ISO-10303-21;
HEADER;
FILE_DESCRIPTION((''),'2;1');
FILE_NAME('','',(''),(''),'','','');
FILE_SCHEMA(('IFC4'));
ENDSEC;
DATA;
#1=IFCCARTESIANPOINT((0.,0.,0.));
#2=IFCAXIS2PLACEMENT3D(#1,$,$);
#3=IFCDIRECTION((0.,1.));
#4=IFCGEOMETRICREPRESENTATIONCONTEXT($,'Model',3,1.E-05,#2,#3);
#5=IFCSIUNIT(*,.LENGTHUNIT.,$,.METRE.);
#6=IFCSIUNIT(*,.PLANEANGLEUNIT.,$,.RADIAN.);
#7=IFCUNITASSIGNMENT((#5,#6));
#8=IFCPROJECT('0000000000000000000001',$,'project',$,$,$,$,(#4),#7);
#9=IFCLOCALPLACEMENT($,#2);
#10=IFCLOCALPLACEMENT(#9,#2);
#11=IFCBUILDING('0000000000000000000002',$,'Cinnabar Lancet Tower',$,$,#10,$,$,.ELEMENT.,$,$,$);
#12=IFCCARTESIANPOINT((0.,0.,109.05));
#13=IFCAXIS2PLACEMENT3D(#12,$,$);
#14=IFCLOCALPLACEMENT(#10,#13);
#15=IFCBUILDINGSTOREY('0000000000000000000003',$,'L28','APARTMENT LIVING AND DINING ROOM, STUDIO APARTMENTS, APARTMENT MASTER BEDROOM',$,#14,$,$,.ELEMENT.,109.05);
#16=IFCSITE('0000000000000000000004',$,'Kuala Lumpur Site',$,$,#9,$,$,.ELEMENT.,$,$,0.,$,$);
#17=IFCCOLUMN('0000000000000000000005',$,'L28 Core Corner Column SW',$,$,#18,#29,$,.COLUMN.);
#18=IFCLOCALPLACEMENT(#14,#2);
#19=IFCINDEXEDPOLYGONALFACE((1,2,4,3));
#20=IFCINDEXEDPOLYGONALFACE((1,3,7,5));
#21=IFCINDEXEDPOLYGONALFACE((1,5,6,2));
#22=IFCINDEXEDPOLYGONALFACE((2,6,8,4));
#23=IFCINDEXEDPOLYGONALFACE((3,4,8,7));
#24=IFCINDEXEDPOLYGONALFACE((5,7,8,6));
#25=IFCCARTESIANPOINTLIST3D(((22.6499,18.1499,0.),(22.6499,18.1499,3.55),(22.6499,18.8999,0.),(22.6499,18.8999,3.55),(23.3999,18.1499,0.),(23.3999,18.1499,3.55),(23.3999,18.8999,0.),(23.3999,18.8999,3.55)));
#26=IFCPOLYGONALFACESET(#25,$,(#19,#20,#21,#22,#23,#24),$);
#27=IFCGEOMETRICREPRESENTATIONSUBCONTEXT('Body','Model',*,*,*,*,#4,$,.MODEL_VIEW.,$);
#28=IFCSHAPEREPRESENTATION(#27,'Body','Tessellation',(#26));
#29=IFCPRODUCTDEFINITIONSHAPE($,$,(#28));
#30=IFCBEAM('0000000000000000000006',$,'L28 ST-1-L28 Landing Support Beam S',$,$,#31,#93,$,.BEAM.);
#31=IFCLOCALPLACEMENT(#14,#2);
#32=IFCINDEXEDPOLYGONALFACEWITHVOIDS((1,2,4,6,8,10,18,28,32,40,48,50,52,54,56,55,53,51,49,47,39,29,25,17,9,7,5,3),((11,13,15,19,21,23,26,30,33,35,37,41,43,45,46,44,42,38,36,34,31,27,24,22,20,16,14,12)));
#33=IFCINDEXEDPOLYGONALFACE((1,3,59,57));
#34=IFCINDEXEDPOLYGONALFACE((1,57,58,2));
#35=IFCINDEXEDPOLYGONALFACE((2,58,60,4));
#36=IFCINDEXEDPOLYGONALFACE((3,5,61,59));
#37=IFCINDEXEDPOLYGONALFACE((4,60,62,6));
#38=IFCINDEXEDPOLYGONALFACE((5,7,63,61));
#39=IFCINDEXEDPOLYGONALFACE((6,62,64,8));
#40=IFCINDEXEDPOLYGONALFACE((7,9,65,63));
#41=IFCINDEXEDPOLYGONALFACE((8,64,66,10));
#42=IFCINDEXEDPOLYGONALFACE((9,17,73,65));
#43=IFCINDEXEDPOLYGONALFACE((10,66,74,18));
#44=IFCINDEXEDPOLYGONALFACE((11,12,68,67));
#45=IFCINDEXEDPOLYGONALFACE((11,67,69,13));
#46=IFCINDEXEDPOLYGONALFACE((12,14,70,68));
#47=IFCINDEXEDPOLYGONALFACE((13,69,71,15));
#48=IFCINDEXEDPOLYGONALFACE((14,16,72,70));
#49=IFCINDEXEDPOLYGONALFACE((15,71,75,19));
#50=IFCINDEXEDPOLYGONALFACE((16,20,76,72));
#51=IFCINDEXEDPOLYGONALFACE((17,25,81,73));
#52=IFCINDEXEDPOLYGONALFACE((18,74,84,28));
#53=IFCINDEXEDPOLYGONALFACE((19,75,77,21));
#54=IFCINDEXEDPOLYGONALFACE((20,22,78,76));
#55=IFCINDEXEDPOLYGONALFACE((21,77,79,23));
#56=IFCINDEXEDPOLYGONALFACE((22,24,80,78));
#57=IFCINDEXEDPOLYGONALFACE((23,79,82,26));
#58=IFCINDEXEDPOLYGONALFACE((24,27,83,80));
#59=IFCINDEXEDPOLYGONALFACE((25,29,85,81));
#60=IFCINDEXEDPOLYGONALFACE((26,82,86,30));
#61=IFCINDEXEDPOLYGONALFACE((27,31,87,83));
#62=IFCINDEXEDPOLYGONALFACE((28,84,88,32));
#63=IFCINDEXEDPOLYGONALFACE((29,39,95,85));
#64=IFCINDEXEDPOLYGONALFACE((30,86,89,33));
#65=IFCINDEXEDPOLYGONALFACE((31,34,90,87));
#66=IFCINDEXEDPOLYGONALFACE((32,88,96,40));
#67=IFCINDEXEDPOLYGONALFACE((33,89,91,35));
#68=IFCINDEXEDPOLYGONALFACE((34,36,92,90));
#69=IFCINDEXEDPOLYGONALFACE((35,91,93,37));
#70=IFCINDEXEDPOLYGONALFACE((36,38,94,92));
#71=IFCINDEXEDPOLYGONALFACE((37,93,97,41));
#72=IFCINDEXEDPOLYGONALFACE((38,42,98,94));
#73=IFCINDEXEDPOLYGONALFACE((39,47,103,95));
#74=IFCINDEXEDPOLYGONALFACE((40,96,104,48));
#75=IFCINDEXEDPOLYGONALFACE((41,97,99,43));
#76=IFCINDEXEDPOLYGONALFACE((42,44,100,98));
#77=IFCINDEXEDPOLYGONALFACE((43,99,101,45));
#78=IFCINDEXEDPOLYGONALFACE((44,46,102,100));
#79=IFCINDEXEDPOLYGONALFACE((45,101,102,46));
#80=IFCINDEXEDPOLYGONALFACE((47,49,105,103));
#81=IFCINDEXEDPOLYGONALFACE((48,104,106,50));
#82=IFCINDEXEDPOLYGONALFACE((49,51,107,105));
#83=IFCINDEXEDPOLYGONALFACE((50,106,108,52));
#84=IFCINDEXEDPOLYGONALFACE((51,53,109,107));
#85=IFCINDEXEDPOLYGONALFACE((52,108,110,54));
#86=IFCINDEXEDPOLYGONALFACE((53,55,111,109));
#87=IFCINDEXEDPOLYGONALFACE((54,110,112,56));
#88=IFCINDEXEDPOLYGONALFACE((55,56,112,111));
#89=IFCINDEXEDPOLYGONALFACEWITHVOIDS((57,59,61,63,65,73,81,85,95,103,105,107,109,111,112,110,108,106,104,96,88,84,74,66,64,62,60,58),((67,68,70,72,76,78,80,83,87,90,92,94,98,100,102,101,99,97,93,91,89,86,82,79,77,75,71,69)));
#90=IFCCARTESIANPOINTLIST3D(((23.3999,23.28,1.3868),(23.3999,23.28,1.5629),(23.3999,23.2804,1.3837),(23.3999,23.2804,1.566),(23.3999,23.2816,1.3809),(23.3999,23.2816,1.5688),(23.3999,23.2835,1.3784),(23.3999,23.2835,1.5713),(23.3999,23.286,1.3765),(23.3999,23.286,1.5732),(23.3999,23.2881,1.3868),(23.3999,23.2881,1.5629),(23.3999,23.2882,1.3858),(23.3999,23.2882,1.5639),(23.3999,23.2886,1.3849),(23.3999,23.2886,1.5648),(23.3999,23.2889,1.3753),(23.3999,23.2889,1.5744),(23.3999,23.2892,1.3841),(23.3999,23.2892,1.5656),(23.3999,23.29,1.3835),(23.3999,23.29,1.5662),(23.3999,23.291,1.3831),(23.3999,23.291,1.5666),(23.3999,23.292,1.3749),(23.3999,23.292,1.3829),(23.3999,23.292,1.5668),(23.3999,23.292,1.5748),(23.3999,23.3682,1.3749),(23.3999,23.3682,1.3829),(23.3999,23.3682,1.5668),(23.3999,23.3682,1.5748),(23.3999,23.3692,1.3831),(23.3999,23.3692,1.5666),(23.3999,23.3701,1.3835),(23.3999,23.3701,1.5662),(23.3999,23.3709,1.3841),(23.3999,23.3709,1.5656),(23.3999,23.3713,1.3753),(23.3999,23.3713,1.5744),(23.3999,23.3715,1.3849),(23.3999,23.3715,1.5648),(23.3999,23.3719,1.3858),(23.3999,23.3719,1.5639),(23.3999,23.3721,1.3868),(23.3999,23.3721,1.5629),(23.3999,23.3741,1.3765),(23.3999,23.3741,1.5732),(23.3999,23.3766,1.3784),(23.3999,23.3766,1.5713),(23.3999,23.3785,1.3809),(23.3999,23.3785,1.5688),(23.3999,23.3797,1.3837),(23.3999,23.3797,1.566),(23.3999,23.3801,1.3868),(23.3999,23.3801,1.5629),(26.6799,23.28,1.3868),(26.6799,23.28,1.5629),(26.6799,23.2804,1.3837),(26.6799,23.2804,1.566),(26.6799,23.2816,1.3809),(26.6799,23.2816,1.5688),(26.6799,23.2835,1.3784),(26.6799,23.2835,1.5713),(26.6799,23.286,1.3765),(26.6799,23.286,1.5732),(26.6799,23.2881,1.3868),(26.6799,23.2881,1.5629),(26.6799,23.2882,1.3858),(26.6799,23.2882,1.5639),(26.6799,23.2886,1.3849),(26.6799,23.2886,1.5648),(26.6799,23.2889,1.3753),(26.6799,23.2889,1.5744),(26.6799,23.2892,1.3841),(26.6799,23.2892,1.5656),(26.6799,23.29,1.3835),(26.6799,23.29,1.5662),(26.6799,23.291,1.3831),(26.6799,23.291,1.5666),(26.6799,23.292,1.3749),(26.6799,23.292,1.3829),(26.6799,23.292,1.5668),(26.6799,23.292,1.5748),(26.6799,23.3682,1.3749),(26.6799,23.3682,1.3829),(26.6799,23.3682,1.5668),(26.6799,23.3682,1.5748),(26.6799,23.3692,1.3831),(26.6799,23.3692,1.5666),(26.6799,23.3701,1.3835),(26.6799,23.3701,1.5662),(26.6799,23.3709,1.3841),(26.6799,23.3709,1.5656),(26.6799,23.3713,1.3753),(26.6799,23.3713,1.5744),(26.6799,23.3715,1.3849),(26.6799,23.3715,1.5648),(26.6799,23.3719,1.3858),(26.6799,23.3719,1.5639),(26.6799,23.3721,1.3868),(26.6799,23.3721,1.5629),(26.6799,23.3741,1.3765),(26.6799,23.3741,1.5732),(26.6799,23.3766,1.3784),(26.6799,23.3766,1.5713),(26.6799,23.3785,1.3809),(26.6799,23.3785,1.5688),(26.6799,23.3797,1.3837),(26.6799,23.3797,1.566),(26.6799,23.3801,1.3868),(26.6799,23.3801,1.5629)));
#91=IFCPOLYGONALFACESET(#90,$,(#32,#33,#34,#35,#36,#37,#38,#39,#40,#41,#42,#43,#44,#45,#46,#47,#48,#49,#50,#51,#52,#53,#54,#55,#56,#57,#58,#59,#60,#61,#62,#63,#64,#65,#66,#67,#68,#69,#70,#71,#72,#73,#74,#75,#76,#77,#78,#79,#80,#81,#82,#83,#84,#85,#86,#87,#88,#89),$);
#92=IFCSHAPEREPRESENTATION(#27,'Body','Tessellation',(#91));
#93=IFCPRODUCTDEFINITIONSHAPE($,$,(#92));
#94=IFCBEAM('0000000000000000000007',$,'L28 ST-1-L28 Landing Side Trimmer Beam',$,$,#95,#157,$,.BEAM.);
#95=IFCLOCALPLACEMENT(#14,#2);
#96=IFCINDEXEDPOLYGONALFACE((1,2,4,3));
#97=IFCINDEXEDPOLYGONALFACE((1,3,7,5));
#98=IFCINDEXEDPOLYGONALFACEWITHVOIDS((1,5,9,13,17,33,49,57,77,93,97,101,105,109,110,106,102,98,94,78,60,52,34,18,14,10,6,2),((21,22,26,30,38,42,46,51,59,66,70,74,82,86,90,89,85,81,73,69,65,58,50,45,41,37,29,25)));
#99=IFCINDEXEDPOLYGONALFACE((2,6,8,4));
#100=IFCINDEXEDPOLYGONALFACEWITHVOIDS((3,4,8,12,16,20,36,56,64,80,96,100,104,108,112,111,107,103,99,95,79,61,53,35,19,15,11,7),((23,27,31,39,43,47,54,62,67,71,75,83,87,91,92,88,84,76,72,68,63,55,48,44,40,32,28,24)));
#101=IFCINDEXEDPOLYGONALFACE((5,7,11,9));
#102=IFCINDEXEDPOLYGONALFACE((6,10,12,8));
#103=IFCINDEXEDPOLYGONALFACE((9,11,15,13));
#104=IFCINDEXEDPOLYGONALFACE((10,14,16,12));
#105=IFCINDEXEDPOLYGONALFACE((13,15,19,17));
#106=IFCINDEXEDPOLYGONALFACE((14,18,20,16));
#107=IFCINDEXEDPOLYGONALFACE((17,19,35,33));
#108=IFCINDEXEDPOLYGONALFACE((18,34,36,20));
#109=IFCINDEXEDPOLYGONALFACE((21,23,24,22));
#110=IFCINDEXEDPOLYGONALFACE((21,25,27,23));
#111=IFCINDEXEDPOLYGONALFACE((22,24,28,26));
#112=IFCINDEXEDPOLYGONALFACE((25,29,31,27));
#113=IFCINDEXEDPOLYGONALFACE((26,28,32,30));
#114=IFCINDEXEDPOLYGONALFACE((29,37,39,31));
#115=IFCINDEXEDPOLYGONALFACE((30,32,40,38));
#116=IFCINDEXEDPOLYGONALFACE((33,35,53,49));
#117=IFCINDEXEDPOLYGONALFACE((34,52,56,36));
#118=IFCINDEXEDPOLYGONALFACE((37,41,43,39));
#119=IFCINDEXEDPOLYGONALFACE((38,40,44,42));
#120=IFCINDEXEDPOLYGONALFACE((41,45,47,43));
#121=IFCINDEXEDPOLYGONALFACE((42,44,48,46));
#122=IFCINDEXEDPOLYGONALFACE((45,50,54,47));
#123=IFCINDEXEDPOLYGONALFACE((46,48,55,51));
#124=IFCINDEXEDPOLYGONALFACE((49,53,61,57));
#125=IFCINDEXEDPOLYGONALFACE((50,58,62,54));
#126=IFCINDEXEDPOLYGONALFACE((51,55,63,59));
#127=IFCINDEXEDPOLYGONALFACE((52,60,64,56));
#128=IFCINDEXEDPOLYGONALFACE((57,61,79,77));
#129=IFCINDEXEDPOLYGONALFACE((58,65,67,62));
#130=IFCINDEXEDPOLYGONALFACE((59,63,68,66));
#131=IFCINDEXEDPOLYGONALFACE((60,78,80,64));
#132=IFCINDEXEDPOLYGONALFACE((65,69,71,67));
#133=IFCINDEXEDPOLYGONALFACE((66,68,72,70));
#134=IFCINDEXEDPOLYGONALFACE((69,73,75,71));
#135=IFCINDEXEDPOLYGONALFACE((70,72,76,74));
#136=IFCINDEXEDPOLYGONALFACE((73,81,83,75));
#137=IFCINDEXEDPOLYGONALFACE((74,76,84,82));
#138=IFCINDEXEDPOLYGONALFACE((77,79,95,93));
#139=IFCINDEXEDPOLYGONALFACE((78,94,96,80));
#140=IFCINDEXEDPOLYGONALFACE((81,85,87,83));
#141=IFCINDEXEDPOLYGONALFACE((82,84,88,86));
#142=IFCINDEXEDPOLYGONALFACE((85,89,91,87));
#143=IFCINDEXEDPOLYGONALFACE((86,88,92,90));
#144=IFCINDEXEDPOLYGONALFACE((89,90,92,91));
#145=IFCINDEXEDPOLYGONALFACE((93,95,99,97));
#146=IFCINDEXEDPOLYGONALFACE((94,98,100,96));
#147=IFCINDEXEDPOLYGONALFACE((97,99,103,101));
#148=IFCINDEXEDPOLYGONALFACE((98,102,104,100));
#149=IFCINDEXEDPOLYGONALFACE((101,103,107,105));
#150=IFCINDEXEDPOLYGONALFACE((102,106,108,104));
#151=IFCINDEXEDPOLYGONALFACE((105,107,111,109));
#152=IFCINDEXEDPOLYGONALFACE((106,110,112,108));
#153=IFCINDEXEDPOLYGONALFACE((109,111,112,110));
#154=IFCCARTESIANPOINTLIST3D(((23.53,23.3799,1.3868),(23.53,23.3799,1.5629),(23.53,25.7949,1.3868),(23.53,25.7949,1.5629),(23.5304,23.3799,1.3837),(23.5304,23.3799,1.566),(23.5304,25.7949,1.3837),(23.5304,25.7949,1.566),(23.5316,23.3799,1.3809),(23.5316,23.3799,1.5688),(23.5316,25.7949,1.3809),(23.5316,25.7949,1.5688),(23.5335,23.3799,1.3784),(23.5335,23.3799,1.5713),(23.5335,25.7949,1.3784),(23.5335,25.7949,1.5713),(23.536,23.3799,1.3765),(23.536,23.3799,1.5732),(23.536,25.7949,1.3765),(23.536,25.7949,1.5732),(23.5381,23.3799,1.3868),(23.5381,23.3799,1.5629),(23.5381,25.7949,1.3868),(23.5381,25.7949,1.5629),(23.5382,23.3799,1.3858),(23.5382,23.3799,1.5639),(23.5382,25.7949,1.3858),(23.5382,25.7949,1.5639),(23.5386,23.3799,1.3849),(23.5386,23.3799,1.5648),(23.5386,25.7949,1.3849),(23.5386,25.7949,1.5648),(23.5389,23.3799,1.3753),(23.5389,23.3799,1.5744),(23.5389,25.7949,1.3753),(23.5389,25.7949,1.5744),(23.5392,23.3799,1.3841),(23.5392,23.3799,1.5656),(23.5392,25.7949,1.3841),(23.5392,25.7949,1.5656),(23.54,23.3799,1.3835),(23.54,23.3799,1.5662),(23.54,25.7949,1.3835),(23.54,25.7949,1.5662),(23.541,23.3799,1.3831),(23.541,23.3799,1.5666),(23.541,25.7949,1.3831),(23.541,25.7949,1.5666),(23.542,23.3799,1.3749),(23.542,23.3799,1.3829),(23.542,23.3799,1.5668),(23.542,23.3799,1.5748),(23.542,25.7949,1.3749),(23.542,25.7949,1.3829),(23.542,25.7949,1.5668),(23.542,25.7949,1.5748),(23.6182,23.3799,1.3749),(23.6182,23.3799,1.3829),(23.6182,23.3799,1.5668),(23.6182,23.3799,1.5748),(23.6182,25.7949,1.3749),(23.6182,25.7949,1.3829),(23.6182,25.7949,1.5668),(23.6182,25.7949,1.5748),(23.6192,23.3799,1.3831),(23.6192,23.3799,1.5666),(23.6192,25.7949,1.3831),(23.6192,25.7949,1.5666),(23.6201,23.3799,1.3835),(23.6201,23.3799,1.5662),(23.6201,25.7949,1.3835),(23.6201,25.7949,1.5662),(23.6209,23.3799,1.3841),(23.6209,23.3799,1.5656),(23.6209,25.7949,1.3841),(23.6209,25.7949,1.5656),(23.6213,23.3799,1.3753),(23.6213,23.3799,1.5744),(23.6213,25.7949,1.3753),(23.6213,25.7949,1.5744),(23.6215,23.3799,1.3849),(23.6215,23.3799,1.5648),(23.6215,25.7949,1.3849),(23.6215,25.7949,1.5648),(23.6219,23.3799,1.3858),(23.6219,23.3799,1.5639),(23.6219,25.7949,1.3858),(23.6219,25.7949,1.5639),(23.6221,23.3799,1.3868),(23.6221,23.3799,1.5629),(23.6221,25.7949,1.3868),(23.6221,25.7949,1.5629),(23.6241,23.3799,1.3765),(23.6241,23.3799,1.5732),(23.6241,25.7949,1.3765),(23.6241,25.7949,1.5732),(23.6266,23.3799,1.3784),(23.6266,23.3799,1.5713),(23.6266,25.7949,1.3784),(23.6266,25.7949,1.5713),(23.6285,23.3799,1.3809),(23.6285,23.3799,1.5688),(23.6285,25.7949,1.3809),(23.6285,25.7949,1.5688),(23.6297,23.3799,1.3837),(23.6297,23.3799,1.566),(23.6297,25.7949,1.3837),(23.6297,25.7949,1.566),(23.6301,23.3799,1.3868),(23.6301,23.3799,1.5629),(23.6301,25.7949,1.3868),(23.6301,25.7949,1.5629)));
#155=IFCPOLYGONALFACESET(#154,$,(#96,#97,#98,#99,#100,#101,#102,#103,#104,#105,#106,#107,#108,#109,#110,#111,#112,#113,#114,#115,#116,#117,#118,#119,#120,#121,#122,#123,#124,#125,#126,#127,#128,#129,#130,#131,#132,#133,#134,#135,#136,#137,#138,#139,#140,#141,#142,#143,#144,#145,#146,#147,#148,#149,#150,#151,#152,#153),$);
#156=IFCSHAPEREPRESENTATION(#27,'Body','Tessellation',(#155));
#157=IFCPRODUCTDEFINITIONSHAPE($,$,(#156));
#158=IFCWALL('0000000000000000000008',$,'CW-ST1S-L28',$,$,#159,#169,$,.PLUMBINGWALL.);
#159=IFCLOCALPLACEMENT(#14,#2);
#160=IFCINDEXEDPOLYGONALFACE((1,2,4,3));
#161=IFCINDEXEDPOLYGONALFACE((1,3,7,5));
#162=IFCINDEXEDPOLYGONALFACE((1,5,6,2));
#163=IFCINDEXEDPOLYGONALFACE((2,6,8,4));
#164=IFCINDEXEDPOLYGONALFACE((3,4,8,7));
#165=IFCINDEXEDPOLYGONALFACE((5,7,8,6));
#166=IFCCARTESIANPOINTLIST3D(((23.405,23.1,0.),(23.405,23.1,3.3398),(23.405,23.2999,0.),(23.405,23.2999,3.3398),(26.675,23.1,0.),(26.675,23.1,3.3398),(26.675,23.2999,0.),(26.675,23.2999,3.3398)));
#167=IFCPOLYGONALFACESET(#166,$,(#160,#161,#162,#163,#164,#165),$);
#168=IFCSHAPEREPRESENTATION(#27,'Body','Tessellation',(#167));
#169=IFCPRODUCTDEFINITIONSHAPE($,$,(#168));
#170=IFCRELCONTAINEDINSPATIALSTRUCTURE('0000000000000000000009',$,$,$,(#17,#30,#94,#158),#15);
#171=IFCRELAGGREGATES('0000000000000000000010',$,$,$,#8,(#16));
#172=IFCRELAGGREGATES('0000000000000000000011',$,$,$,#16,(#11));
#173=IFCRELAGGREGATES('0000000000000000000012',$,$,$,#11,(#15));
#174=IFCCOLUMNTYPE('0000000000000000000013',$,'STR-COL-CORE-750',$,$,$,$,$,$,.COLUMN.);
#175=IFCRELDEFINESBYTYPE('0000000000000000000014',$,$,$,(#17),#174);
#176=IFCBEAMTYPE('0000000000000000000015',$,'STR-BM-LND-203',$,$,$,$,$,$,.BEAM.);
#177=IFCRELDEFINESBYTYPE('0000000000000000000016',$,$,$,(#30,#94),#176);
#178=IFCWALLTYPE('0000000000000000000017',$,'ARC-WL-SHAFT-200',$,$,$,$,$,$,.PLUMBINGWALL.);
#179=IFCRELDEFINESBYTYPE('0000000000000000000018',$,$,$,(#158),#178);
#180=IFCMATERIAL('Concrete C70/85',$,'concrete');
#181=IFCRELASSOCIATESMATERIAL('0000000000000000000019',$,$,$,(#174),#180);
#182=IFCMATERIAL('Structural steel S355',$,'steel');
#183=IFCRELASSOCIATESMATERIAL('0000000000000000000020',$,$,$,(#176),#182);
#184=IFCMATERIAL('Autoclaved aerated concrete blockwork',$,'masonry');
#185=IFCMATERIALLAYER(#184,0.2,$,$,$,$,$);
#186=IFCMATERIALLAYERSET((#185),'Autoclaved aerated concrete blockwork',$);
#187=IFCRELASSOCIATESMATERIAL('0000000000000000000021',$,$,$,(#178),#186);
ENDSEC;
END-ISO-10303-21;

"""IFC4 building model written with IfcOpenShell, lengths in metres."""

from ifc_helpers import new_model, si_unit, direction, frame, frame_2d, origin, origin_2d, place, context, subcontext, project, spatial, rectangle, hollow_rectangle, extrude, material, layer, layer_set, material_profile, profile_set, type_object, element, save


model = new_model("IFC4")

# Units and contexts
model_context = context("Model", 3, precision=1e-05, world=origin(), true_north=direction((0.0, 1.0)))
body_context = subcontext(model_context, "Body", "Model", "MODEL_VIEW")
ifc_project = project(units=[si_unit("LENGTHUNIT", "METRE"), si_unit("PLANEANGLEUNIT", "RADIAN")], contexts=[model_context])

# Site, building, storey
site_placement = place(None, origin())
site = spatial("IfcSite", under=ifc_project, at=site_placement, Name="Kuala Lumpur Site", CompositionType="ELEMENT", RefElevation=0.0)
building_placement = place(site_placement, origin())
building = spatial("IfcBuilding", under=site, at=building_placement, Name="Cinnabar Lancet Tower", CompositionType="ELEMENT")
storey_placement = place(building_placement, frame((0.0, 0.0, 109.05)))
storey = spatial("IfcBuildingStorey", under=building, at=storey_placement, Name="L28", Description="APARTMENT LIVING AND DINING ROOM, STUDIO APARTMENTS, APARTMENT MASTER BEDROOM", CompositionType="ELEMENT", Elevation=109.05)

# Column
ifc_material_1 = material(Name="Concrete C70/85", Category="concrete")
ifc_material_profile_1 = material_profile(ifc_material_1, rectangle(XDim=0.75, YDim=0.75, at=origin_2d()), Name="RC-COL 750x750")
ifc_profile_set_1 = profile_set([ifc_material_profile_1], Name="Concrete C70/85")
column_type = type_object("IfcColumnType", Name="STR-COL-CORE-750", PredefinedType="COLUMN", material=ifc_profile_set_1)
column_placement = place(storey_placement, frame((23.0249, 18.5249, 0.0), z_axis=(0.0, 0.0, 1.0), x_axis=(1.0, 0.0, 0.0)))
element("IfcColumn", 1, at=column_placement, inside=storey, type_object=column_type, Name="L28 Core Corner Column SW", PredefinedType="COLUMN", context=body_context, shape_type="SweptSolid", body=[
    extrude(rectangle(XDim=0.75, YDim=0.75, at=origin_2d()), origin(), (0.0, 0.0, 1.0), 3.55),
])

# Beams
ifc_material_2 = material(Name="Structural steel S355", Category="steel")
ifc_material_profile_2 = material_profile(ifc_material_2, hollow_rectangle(XDim=0.1001, YDim=0.2, WallThickness=0.0081, InnerFilletRadius=0.0039, OuterFilletRadius=0.012, at=origin_2d()), Name="RHS 200x100x8")
ifc_profile_set_2 = profile_set([ifc_material_profile_2], Name="Structural steel S355")
beam_type = type_object("IfcBeamType", Name="STR-BM-LND-203", PredefinedType="BEAM", material=ifc_profile_set_2)
beam_1_placement = place(storey_placement, frame((23.3999, 23.3301, 1.4749), z_axis=(1.0, 0.0, 0.0), x_axis=(0.0, 1.0, 0.0)))
element("IfcBeam", 2, at=beam_1_placement, inside=storey, type_object=beam_type, Name="L28 ST-1-L28 Landing Support Beam S", PredefinedType="BEAM", context=body_context, shape_type="SweptSolid", body=[
    extrude(hollow_rectangle(XDim=0.1001, YDim=0.2, WallThickness=0.0081, InnerFilletRadius=0.0039, OuterFilletRadius=0.012, at=origin_2d()), origin(), (0.0, 0.0, 1.0), 3.28),
])
beam_2_placement = place(storey_placement, frame((23.5801, 23.3799, 1.4749), z_axis=(0.0, 1.0, 0.0), x_axis=(-1.0, 0.0, 0.0)))
element("IfcBeam", 3, at=beam_2_placement, inside=storey, type_object=beam_type, Name="L28 ST-1-L28 Landing Side Trimmer Beam", PredefinedType="BEAM", context=body_context, shape_type="SweptSolid", body=[
    extrude(hollow_rectangle(XDim=0.1001, YDim=0.2, WallThickness=0.0081, InnerFilletRadius=0.0039, OuterFilletRadius=0.012, at=origin_2d()), origin(), (0.0, 0.0, 1.0), 2.415),
])

# Wall
ifc_material_3 = material(Name="Autoclaved aerated concrete blockwork", Category="masonry")
ifc_layer_1 = layer(ifc_material_3, 0.2)
ifc_layer_set_1 = layer_set([ifc_layer_1], Name="Autoclaved aerated concrete blockwork")
wall_type_1 = type_object("IfcWallType", Name="ARC-WL-SHAFT-200", PredefinedType="PLUMBINGWALL", material=ifc_layer_set_1)
wall_1_placement = place(storey_placement, frame((23.405, 23.2, 0.0), z_axis=(0.0, 0.0, 1.0), x_axis=(1.0, 0.0, 0.0)))
element("IfcWall", 4, at=wall_1_placement, inside=storey, type_object=wall_type_1, Name="CW-ST1S-L28", PredefinedType="PLUMBINGWALL", context=body_context, shape_type="SweptSolid", body=[
    extrude(rectangle(XDim=3.27, YDim=0.2, at=frame_2d((1.635, 0.0))), origin(), (0.0, 0.0, 1.0), 3.3398),
])

save(model, "model.ifc")
